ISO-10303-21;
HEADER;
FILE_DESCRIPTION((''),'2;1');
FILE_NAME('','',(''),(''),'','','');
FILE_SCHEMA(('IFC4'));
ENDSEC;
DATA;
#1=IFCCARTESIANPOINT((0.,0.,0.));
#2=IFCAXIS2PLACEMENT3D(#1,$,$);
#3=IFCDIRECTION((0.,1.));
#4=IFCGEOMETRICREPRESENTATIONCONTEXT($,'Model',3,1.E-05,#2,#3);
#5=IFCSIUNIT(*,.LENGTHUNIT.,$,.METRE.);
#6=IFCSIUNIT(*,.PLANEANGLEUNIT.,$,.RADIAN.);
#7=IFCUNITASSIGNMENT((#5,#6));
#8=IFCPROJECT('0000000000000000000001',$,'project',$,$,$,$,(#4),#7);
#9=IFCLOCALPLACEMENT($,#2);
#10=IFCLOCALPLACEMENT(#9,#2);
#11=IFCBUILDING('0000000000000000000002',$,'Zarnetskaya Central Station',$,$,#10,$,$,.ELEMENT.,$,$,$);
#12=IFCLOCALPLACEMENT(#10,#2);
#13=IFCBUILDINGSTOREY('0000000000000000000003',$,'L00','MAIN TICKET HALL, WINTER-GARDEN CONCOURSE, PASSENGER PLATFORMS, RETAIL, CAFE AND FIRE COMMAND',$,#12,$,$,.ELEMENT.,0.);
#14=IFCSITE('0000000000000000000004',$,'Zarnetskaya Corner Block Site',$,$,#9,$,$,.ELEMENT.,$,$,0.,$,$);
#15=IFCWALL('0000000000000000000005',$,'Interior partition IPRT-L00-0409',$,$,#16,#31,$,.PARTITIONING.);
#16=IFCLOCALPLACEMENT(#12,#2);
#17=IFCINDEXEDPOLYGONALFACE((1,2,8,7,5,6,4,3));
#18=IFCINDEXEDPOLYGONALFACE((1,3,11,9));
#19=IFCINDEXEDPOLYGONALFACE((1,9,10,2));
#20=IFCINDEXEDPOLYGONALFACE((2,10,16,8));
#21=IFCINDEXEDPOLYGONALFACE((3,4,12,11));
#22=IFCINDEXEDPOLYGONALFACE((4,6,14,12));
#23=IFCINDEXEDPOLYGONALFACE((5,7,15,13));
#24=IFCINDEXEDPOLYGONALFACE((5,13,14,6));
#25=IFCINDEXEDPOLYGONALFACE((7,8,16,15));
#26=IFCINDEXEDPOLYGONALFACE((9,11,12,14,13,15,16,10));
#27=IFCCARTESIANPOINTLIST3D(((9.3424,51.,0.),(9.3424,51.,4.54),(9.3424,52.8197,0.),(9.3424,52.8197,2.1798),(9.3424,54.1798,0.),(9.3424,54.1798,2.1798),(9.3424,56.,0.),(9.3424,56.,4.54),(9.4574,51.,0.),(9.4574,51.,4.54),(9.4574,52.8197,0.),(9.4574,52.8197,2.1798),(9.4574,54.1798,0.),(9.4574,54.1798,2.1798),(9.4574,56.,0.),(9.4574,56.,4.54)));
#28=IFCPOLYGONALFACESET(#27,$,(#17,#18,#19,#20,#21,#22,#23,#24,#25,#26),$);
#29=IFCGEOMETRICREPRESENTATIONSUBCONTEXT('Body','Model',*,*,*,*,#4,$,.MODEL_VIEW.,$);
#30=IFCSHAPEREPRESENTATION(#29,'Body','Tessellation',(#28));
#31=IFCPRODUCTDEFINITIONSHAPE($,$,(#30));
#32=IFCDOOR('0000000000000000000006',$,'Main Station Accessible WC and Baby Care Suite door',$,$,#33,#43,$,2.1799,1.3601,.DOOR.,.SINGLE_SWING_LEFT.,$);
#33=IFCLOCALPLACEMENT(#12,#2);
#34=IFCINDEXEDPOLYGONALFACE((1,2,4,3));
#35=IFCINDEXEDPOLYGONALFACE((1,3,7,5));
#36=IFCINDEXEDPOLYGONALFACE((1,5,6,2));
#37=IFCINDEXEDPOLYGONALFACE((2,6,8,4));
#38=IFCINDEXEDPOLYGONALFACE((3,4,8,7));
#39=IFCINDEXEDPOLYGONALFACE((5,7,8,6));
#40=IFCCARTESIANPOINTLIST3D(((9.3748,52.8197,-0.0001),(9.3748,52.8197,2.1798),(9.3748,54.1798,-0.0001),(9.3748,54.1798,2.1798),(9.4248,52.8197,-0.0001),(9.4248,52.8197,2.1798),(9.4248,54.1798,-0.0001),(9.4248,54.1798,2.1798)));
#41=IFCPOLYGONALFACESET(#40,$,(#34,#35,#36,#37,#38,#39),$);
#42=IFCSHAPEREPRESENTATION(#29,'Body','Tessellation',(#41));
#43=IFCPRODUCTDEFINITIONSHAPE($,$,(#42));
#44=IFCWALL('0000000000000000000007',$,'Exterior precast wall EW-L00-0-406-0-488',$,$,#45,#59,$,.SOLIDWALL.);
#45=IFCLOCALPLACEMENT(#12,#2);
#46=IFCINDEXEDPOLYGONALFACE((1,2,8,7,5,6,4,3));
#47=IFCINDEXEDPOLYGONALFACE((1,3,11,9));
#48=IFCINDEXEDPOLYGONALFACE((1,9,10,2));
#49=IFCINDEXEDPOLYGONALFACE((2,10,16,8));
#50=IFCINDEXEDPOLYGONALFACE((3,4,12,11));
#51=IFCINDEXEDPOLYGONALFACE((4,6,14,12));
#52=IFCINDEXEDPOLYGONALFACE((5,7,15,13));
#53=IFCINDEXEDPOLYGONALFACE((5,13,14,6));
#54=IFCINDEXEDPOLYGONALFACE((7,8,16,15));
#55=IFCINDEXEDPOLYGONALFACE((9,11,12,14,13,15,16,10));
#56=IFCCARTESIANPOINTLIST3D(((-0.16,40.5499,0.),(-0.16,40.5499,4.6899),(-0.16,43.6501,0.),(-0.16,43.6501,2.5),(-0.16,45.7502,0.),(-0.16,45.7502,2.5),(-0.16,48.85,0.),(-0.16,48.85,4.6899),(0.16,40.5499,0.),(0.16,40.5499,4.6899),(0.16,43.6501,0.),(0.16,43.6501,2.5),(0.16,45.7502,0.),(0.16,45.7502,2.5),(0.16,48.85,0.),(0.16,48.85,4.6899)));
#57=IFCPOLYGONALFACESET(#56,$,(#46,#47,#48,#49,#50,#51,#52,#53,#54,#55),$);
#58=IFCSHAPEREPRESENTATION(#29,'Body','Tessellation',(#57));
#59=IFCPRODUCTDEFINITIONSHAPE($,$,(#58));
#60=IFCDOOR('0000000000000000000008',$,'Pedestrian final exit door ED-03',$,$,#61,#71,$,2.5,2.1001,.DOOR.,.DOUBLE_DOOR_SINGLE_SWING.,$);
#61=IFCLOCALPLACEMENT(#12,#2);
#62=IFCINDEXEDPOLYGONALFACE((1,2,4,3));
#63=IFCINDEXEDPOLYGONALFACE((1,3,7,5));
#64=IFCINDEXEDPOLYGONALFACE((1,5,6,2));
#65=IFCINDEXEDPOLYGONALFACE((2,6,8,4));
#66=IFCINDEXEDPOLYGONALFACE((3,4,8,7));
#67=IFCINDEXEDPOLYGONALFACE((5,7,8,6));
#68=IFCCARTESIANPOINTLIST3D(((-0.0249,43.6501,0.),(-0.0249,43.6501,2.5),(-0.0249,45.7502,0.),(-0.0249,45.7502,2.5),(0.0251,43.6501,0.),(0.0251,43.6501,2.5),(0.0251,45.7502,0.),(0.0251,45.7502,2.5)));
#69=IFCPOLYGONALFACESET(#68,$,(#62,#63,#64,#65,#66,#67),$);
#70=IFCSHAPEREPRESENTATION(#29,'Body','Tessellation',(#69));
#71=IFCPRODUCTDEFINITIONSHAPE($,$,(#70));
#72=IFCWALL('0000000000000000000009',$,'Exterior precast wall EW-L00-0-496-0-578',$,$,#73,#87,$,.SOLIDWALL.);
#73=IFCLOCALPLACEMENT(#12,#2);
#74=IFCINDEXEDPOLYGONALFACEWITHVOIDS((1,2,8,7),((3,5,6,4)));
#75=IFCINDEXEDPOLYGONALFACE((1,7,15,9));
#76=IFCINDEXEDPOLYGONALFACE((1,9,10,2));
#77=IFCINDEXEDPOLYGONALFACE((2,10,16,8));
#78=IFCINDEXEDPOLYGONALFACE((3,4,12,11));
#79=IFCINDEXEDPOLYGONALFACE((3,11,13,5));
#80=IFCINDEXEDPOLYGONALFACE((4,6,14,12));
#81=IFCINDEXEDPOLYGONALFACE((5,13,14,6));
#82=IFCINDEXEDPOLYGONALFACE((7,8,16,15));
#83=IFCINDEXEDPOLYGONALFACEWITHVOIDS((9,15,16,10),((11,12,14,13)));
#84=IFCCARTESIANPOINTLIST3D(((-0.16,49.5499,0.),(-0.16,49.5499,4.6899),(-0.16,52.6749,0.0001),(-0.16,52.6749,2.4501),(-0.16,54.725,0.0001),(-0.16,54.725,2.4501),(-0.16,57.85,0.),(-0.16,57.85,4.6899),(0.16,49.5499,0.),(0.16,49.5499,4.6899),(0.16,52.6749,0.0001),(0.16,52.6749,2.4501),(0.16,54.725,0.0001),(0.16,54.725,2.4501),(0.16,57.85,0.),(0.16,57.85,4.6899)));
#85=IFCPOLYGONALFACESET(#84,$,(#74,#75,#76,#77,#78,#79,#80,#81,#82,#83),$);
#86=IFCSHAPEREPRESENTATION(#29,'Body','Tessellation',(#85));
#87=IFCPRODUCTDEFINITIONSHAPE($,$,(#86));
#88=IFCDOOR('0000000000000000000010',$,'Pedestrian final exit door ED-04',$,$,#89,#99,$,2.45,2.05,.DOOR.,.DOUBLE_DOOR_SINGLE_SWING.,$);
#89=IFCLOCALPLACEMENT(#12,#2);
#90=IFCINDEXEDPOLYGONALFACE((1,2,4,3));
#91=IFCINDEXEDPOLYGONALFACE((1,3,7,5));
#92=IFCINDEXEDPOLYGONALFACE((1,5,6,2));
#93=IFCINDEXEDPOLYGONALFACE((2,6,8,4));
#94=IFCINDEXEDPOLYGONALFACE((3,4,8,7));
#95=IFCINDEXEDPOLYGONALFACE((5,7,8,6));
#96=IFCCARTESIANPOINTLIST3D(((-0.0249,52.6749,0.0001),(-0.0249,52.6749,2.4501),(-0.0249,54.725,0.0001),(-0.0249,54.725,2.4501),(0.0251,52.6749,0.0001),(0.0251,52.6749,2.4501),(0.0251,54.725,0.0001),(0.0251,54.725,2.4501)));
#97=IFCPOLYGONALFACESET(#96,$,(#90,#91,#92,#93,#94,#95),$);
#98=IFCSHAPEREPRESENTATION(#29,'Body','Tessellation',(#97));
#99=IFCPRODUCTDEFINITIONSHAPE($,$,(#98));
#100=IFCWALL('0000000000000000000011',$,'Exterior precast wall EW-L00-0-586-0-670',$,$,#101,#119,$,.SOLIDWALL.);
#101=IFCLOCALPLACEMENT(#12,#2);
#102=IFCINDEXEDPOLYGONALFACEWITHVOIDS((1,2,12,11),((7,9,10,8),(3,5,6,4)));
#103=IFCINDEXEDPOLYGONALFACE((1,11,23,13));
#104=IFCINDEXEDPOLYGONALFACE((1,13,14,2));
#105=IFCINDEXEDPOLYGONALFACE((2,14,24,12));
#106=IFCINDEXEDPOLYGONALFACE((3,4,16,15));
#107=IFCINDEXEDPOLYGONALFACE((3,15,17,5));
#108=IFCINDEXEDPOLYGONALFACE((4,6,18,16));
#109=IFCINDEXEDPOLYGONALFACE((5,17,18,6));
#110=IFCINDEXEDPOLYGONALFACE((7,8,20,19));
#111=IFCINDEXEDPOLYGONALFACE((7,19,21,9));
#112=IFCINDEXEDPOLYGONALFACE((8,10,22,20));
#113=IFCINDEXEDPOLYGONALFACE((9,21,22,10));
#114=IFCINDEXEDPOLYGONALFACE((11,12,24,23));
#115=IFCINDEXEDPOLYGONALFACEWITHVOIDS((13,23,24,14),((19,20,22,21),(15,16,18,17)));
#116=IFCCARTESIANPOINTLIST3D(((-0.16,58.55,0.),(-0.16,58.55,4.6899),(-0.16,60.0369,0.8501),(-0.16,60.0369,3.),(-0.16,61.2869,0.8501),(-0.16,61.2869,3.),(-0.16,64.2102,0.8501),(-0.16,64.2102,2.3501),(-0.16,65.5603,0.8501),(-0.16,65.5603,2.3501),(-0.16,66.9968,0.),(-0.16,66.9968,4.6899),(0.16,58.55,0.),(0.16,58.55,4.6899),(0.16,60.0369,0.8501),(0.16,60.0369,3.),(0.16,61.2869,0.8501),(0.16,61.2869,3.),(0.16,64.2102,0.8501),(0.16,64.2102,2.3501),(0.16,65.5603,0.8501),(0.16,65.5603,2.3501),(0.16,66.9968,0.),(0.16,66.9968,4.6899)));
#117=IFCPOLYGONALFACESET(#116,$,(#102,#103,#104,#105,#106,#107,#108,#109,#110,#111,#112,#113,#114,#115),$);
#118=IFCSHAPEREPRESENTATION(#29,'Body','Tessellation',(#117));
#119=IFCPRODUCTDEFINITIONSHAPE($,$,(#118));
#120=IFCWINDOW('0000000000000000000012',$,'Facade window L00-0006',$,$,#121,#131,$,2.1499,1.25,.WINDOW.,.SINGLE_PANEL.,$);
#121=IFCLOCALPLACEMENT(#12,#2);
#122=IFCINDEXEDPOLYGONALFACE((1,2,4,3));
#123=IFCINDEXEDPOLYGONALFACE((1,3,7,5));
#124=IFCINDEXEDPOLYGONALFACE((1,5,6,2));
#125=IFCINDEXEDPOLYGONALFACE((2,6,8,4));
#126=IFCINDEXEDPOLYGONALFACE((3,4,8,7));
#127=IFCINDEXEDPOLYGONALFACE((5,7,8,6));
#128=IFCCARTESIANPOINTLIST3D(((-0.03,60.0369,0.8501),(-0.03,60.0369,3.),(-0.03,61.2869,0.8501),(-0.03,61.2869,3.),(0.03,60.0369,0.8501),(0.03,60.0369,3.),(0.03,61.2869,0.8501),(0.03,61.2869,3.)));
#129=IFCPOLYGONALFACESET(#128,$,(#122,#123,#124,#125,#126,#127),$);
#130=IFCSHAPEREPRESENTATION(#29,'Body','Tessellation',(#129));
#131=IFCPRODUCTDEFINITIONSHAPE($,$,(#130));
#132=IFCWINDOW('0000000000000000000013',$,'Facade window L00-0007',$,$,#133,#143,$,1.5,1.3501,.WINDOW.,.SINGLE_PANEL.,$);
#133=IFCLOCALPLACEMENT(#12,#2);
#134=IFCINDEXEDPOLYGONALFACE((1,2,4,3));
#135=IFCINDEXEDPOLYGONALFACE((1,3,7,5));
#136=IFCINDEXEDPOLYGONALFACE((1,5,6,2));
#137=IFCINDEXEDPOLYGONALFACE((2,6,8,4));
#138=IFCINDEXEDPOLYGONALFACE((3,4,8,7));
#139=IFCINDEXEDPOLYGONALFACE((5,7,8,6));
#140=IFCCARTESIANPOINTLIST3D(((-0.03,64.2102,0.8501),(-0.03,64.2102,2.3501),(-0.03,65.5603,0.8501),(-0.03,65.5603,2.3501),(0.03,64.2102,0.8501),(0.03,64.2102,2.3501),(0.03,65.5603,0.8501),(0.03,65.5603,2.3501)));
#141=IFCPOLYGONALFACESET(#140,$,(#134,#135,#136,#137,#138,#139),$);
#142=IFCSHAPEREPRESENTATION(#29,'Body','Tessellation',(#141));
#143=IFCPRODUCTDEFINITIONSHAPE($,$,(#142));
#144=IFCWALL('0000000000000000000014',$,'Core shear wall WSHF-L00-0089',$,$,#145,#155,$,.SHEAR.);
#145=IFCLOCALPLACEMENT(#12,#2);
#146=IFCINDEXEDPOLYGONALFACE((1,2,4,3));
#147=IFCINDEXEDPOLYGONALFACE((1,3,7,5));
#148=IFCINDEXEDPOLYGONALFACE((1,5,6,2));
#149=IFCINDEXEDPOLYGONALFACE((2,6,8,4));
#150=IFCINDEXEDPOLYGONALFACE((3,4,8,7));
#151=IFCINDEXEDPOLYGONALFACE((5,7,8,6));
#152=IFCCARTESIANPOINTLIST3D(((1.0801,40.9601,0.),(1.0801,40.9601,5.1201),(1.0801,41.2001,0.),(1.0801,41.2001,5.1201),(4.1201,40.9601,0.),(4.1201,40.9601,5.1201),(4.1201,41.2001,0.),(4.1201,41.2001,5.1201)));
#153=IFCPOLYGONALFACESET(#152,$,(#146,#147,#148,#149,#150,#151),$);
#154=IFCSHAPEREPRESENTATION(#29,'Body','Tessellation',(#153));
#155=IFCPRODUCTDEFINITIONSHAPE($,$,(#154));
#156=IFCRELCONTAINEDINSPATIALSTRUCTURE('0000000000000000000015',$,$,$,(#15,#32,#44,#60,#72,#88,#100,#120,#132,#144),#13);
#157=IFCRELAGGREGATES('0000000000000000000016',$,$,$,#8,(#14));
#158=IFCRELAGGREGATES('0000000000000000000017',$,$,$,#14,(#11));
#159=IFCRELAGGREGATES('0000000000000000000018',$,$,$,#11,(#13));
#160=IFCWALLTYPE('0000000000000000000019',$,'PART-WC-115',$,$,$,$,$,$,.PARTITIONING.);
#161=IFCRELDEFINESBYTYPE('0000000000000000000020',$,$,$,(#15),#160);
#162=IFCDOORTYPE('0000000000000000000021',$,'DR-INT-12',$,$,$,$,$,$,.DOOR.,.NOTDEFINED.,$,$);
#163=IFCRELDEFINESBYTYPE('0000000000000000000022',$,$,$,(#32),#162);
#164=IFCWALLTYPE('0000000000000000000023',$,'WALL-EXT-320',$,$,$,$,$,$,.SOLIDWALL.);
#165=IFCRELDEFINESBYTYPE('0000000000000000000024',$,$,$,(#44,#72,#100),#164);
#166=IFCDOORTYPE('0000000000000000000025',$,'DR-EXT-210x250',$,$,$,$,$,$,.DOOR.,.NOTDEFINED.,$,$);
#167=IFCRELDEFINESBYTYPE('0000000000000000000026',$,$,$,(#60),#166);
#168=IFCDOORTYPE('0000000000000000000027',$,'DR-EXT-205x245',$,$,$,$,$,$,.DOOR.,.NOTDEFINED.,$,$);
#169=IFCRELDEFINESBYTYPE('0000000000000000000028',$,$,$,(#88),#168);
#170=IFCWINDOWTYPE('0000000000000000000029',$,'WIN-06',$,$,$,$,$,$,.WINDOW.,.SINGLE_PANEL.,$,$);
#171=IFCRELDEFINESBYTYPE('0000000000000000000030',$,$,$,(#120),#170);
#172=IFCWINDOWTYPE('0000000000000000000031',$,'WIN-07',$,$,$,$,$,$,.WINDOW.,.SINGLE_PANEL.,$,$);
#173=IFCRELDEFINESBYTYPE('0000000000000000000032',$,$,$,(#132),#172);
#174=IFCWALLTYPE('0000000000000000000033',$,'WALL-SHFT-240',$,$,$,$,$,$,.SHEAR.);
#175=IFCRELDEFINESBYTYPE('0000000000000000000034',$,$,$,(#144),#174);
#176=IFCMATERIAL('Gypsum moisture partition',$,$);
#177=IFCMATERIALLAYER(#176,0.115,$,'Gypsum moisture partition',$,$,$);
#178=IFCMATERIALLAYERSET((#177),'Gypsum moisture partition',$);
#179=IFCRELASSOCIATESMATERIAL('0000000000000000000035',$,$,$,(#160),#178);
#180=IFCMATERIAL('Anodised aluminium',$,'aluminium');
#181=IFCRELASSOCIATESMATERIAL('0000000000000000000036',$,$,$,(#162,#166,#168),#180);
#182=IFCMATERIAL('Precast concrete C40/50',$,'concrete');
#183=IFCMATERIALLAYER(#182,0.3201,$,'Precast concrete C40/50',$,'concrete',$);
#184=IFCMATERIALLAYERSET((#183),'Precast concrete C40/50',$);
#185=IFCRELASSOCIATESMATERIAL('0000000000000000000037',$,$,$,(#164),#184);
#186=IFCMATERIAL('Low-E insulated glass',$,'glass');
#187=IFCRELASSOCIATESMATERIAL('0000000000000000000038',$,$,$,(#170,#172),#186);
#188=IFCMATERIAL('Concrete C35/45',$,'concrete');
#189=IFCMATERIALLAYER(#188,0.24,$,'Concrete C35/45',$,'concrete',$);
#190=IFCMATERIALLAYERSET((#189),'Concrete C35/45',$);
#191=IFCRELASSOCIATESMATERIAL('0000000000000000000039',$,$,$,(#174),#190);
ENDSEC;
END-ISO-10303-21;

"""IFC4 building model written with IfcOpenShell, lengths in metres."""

from ifc_helpers import new_model, si_unit, direction, frame, frame_2d, origin, place, context, subcontext, project, spatial, rectangle, extrude, material, layer, layer_set, type_object, element, fill, save


model = new_model("IFC4")

# Units and contexts
model_context = context("Model", 3, precision=1e-05, world=origin(), true_north=direction((0.0, 1.0)))
body_context = subcontext(model_context, "Body", "Model", "MODEL_VIEW")
ifc_project = project(units=[si_unit("LENGTHUNIT", "METRE"), si_unit("PLANEANGLEUNIT", "RADIAN")], contexts=[model_context])

# Site, building, storey
site_placement = place(None, origin())
site = spatial("IfcSite", under=ifc_project, at=site_placement, Name="Zarnetskaya Corner Block Site", CompositionType="ELEMENT", RefElevation=0.0)
building_placement = place(site_placement, origin())
building = spatial("IfcBuilding", under=site, at=building_placement, Name="Zarnetskaya Central Station", CompositionType="ELEMENT")
storey_placement = place(building_placement, origin())
storey = spatial("IfcBuildingStorey", under=building, at=storey_placement, Name="L00", Description="MAIN TICKET HALL, WINTER-GARDEN CONCOURSE, PASSENGER PLATFORMS, RETAIL, CAFE AND FIRE COMMAND", CompositionType="ELEMENT", Elevation=0.0)

# Walls, openings, doors
ifc_material_1 = material(Name="Gypsum moisture partition")
ifc_layer_1 = layer(ifc_material_1, 0.115, Name="Gypsum moisture partition")
ifc_layer_set_1 = layer_set([ifc_layer_1], Name="Gypsum moisture partition")
wall_type_1 = type_object("IfcWallType", Name="PART-WC-115", PredefinedType="PARTITIONING", material=ifc_layer_set_1)
wall_1_placement = place(storey_placement, frame((9.3999, 56.0, 0.0), z_axis=(0.0, 0.0, 1.0), x_axis=(0.0, -1.0, 0.0)))
wall_1 = element("IfcWall", 1, at=wall_1_placement, inside=storey, type_object=wall_type_1, Name="Interior partition IPRT-L00-0409", PredefinedType="PARTITIONING", context=body_context, shape_type="SweptSolid", body=[
    extrude(rectangle(XDim=5.0, YDim=0.115, at=frame_2d((2.5, 0.0))), origin(), (0.0, 0.0, 1.0), 4.54),
])
opening_1_placement = place(wall_1_placement, frame((1.8201, 0.0, 0.0)))
opening_1 = element("IfcOpeningElement", 2, at=opening_1_placement, cuts=wall_1, PredefinedType="OPENING", context=body_context, shape_type="SweptSolid", body=[
    extrude(rectangle(XDim=1.3601, YDim=2.1799, at=frame_2d((0.6802, 1.0898))), frame((0.0, 0.0674, 0.0), z_axis=(0.0, -1.0, 0.0), x_axis=(1.0, 0.0, 0.0)), (0.0, 0.0, 1.0), 0.135),
])
ifc_material_2 = material(Name="Anodised aluminium", Category="aluminium")
door_type_1 = type_object("IfcDoorType", Name="DR-INT-12", OperationType="NOTDEFINED", PredefinedType="DOOR", material=ifc_material_2)
door_1_placement = place(opening_1_placement, origin())
door_1 = element("IfcDoor", 3, at=door_1_placement, inside=storey, type_object=door_type_1, Name="Main Station Accessible WC and Baby Care Suite door", OperationType="SINGLE_SWING_LEFT", OverallHeight=2.1799, OverallWidth=1.3601, PredefinedType="DOOR", context=body_context, shape_type="SweptSolid", body=[
    extrude(rectangle(XDim=1.3601, YDim=2.1799, at=frame_2d((0.6802, 1.0898))), frame((0.0, 0.0249, 0.0), z_axis=(0.0, -1.0, 0.0), x_axis=(1.0, 0.0, 0.0)), (0.0, 0.0, 1.0), 0.05),
])
fill(opening_1, door_1)
ifc_material_3 = material(Name="Precast concrete C40/50", Category="concrete")
ifc_layer_2 = layer(ifc_material_3, 0.3201, Name="Precast concrete C40/50", Category="concrete")
ifc_layer_set_2 = layer_set([ifc_layer_2], Name="Precast concrete C40/50")
wall_type_2 = type_object("IfcWallType", Name="WALL-EXT-320", PredefinedType="SOLIDWALL", material=ifc_layer_set_2)
wall_2_placement = place(storey_placement, frame((0.0, 40.55, 0.0), z_axis=(0.0, 0.0, 1.0), x_axis=(0.0, 1.0, 0.0)))
wall_2 = element("IfcWall", 4, at=wall_2_placement, inside=storey, type_object=wall_type_2, Name="Exterior precast wall EW-L00-0-406-0-488", PredefinedType="SOLIDWALL", context=body_context, shape_type="SweptSolid", body=[
    extrude(rectangle(XDim=8.3, YDim=0.3201, at=frame_2d((4.1499, 0.0))), origin(), (0.0, 0.0, 1.0), 4.6899),
])
opening_2_placement = place(wall_2_placement, frame((3.1001, 0.0, 0.0)))
opening_2 = element("IfcOpeningElement", 5, at=opening_2_placement, cuts=wall_2, PredefinedType="OPENING", context=body_context, shape_type="SweptSolid", body=[
    extrude(rectangle(XDim=2.1001, YDim=2.5, at=frame_2d((1.05, 1.25))), frame((0.0, 0.1699, 0.0), z_axis=(0.0, -1.0, 0.0), x_axis=(1.0, 0.0, 0.0)), (0.0, 0.0, 1.0), 0.3401),
])
door_type_2 = type_object("IfcDoorType", Name="DR-EXT-210x250", OperationType="NOTDEFINED", PredefinedType="DOOR", material=ifc_material_2)
door_2_placement = place(opening_2_placement, origin())
door_2 = element("IfcDoor", 6, at=door_2_placement, inside=storey, type_object=door_type_2, Name="Pedestrian final exit door ED-03", OperationType="DOUBLE_DOOR_SINGLE_SWING", OverallHeight=2.5, OverallWidth=2.1001, PredefinedType="DOOR", context=body_context, shape_type="SweptSolid", body=[
    extrude(rectangle(XDim=2.1001, YDim=2.5, at=frame_2d((1.05, 1.25))), frame((0.0, 0.0249, 0.0), z_axis=(0.0, -1.0, 0.0), x_axis=(1.0, 0.0, 0.0)), (0.0, 0.0, 1.0), 0.05),
])
fill(opening_2, door_2)
wall_3_placement = place(storey_placement, frame((0.0, 49.55, 0.0), z_axis=(0.0, 0.0, 1.0), x_axis=(0.0, 1.0, 0.0)))
wall_3 = element("IfcWall", 7, at=wall_3_placement, inside=storey, type_object=wall_type_2, Name="Exterior precast wall EW-L00-0-496-0-578", PredefinedType="SOLIDWALL", context=body_context, shape_type="SweptSolid", body=[
    extrude(rectangle(XDim=8.3, YDim=0.3201, at=frame_2d((4.1499, 0.0))), origin(), (0.0, 0.0, 1.0), 4.6899),
])
opening_3_placement = place(wall_3_placement, frame((3.125, 0.0, 0.0)))
opening_3 = element("IfcOpeningElement", 8, at=opening_3_placement, cuts=wall_3, PredefinedType="OPENING", context=body_context, shape_type="SweptSolid", body=[
    extrude(rectangle(XDim=2.05, YDim=2.45, at=frame_2d((1.0249, 1.2251))), frame((0.0, 0.1699, 0.0), z_axis=(0.0, -1.0, 0.0), x_axis=(1.0, 0.0, 0.0)), (0.0, 0.0, 1.0), 0.3401),
])
door_type_3 = type_object("IfcDoorType", Name="DR-EXT-205x245", OperationType="NOTDEFINED", PredefinedType="DOOR", material=ifc_material_2)
door_3_placement = place(opening_3_placement, origin())
door_3 = element("IfcDoor", 9, at=door_3_placement, inside=storey, type_object=door_type_3, Name="Pedestrian final exit door ED-04", OperationType="DOUBLE_DOOR_SINGLE_SWING", OverallHeight=2.45, OverallWidth=2.05, PredefinedType="DOOR", context=body_context, shape_type="SweptSolid", body=[
    extrude(rectangle(XDim=2.05, YDim=2.45, at=frame_2d((1.0249, 1.2251))), frame((0.0, 0.0249, 0.0), z_axis=(0.0, -1.0, 0.0), x_axis=(1.0, 0.0, 0.0)), (0.0, 0.0, 1.0), 0.05),
])
fill(opening_3, door_3)

# Wall, openings, windows
wall_4_placement = place(storey_placement, frame((0.0, 58.55, 0.0), z_axis=(0.0, 0.0, 1.0), x_axis=(0.0, 1.0, 0.0)))
wall_4 = element("IfcWall", 10, at=wall_4_placement, inside=storey, type_object=wall_type_2, Name="Exterior precast wall EW-L00-0-586-0-670", PredefinedType="SOLIDWALL", context=body_context, shape_type="SweptSolid", body=[
    extrude(rectangle(XDim=8.4468, YDim=0.3201, at=frame_2d((4.2234, 0.0))), origin(), (0.0, 0.0, 1.0), 4.6899),
])
opening_4_placement = place(wall_4_placement, frame((1.4868, 0.0, 0.8501)))
opening_4 = element("IfcOpeningElement", 11, at=opening_4_placement, cuts=wall_4, PredefinedType="OPENING", context=body_context, shape_type="SweptSolid", body=[
    extrude(rectangle(XDim=1.25, YDim=2.1499, at=frame_2d((0.625, 1.075))), frame((0.0, 0.1699, 0.0), z_axis=(0.0, -1.0, 0.0), x_axis=(1.0, 0.0, 0.0)), (0.0, 0.0, 1.0), 0.3401),
])
opening_5_placement = place(wall_4_placement, frame((5.6602, 0.0, 0.8501)))
opening_5 = element("IfcOpeningElement", 12, at=opening_5_placement, cuts=wall_4, PredefinedType="OPENING", context=body_context, shape_type="SweptSolid", body=[
    extrude(rectangle(XDim=1.3501, YDim=1.5, at=frame_2d((0.675, 0.75))), frame((0.0, 0.1699, 0.0), z_axis=(0.0, -1.0, 0.0), x_axis=(1.0, 0.0, 0.0)), (0.0, 0.0, 1.0), 0.3401),
])
ifc_material_4 = material(Name="Low-E insulated glass", Category="glass")
window_type_1 = type_object("IfcWindowType", Name="WIN-06", PartitioningType="SINGLE_PANEL", PredefinedType="WINDOW", material=ifc_material_4)
window_1_placement = place(opening_4_placement, origin())
window_1 = element("IfcWindow", 13, at=window_1_placement, inside=storey, type_object=window_type_1, Name="Facade window L00-0006", OverallHeight=2.1499, OverallWidth=1.25, PartitioningType="SINGLE_PANEL", PredefinedType="WINDOW", context=body_context, shape_type="SweptSolid", body=[
    extrude(rectangle(XDim=1.25, YDim=2.1499, at=frame_2d((0.625, 1.075))), frame((0.0, 0.03, 0.0), z_axis=(0.0, -1.0, 0.0), x_axis=(1.0, 0.0, 0.0)), (0.0, 0.0, 1.0), 0.0601),
])
fill(opening_4, window_1)
window_type_2 = type_object("IfcWindowType", Name="WIN-07", PartitioningType="SINGLE_PANEL", PredefinedType="WINDOW", material=ifc_material_4)
window_2_placement = place(opening_5_placement, origin())
window_2 = element("IfcWindow", 14, at=window_2_placement, inside=storey, type_object=window_type_2, Name="Facade window L00-0007", OverallHeight=1.5, OverallWidth=1.3501, PartitioningType="SINGLE_PANEL", PredefinedType="WINDOW", context=body_context, shape_type="SweptSolid", body=[
    extrude(rectangle(XDim=1.3501, YDim=1.5, at=frame_2d((0.675, 0.75))), frame((0.0, 0.03, 0.0), z_axis=(0.0, -1.0, 0.0), x_axis=(1.0, 0.0, 0.0)), (0.0, 0.0, 1.0), 0.0601),
])
fill(opening_5, window_2)

# Wall
ifc_material_5 = material(Name="Concrete C35/45", Category="concrete")
ifc_layer_3 = layer(ifc_material_5, 0.24, Name="Concrete C35/45", Category="concrete")
ifc_layer_set_3 = layer_set([ifc_layer_3], Name="Concrete C35/45")
wall_type_3 = type_object("IfcWallType", Name="WALL-SHFT-240", PredefinedType="SHEAR", material=ifc_layer_set_3)
for number, where, z_axis, x_axis, name in (
    (15, (4.1201, 41.0801, 0.0), (0.0, 0.0, 1.0), (-1.0, 0.0, 0.0), "Core shear wall WSHF-L00-0089"),
):
    element("IfcWall", number, at=place(storey_placement, frame(where, z_axis=z_axis, x_axis=x_axis)), inside=storey, type_object=wall_type_3, Name=name, PredefinedType="SHEAR", context=body_context, shape_type="SweptSolid", body=[
        extrude(rectangle(XDim=3.04, YDim=0.24, at=frame_2d((1.52, 0.0))), origin(), (0.0, 0.0, 1.0), 5.1201),
    ])

save(model, "model.ifc")
